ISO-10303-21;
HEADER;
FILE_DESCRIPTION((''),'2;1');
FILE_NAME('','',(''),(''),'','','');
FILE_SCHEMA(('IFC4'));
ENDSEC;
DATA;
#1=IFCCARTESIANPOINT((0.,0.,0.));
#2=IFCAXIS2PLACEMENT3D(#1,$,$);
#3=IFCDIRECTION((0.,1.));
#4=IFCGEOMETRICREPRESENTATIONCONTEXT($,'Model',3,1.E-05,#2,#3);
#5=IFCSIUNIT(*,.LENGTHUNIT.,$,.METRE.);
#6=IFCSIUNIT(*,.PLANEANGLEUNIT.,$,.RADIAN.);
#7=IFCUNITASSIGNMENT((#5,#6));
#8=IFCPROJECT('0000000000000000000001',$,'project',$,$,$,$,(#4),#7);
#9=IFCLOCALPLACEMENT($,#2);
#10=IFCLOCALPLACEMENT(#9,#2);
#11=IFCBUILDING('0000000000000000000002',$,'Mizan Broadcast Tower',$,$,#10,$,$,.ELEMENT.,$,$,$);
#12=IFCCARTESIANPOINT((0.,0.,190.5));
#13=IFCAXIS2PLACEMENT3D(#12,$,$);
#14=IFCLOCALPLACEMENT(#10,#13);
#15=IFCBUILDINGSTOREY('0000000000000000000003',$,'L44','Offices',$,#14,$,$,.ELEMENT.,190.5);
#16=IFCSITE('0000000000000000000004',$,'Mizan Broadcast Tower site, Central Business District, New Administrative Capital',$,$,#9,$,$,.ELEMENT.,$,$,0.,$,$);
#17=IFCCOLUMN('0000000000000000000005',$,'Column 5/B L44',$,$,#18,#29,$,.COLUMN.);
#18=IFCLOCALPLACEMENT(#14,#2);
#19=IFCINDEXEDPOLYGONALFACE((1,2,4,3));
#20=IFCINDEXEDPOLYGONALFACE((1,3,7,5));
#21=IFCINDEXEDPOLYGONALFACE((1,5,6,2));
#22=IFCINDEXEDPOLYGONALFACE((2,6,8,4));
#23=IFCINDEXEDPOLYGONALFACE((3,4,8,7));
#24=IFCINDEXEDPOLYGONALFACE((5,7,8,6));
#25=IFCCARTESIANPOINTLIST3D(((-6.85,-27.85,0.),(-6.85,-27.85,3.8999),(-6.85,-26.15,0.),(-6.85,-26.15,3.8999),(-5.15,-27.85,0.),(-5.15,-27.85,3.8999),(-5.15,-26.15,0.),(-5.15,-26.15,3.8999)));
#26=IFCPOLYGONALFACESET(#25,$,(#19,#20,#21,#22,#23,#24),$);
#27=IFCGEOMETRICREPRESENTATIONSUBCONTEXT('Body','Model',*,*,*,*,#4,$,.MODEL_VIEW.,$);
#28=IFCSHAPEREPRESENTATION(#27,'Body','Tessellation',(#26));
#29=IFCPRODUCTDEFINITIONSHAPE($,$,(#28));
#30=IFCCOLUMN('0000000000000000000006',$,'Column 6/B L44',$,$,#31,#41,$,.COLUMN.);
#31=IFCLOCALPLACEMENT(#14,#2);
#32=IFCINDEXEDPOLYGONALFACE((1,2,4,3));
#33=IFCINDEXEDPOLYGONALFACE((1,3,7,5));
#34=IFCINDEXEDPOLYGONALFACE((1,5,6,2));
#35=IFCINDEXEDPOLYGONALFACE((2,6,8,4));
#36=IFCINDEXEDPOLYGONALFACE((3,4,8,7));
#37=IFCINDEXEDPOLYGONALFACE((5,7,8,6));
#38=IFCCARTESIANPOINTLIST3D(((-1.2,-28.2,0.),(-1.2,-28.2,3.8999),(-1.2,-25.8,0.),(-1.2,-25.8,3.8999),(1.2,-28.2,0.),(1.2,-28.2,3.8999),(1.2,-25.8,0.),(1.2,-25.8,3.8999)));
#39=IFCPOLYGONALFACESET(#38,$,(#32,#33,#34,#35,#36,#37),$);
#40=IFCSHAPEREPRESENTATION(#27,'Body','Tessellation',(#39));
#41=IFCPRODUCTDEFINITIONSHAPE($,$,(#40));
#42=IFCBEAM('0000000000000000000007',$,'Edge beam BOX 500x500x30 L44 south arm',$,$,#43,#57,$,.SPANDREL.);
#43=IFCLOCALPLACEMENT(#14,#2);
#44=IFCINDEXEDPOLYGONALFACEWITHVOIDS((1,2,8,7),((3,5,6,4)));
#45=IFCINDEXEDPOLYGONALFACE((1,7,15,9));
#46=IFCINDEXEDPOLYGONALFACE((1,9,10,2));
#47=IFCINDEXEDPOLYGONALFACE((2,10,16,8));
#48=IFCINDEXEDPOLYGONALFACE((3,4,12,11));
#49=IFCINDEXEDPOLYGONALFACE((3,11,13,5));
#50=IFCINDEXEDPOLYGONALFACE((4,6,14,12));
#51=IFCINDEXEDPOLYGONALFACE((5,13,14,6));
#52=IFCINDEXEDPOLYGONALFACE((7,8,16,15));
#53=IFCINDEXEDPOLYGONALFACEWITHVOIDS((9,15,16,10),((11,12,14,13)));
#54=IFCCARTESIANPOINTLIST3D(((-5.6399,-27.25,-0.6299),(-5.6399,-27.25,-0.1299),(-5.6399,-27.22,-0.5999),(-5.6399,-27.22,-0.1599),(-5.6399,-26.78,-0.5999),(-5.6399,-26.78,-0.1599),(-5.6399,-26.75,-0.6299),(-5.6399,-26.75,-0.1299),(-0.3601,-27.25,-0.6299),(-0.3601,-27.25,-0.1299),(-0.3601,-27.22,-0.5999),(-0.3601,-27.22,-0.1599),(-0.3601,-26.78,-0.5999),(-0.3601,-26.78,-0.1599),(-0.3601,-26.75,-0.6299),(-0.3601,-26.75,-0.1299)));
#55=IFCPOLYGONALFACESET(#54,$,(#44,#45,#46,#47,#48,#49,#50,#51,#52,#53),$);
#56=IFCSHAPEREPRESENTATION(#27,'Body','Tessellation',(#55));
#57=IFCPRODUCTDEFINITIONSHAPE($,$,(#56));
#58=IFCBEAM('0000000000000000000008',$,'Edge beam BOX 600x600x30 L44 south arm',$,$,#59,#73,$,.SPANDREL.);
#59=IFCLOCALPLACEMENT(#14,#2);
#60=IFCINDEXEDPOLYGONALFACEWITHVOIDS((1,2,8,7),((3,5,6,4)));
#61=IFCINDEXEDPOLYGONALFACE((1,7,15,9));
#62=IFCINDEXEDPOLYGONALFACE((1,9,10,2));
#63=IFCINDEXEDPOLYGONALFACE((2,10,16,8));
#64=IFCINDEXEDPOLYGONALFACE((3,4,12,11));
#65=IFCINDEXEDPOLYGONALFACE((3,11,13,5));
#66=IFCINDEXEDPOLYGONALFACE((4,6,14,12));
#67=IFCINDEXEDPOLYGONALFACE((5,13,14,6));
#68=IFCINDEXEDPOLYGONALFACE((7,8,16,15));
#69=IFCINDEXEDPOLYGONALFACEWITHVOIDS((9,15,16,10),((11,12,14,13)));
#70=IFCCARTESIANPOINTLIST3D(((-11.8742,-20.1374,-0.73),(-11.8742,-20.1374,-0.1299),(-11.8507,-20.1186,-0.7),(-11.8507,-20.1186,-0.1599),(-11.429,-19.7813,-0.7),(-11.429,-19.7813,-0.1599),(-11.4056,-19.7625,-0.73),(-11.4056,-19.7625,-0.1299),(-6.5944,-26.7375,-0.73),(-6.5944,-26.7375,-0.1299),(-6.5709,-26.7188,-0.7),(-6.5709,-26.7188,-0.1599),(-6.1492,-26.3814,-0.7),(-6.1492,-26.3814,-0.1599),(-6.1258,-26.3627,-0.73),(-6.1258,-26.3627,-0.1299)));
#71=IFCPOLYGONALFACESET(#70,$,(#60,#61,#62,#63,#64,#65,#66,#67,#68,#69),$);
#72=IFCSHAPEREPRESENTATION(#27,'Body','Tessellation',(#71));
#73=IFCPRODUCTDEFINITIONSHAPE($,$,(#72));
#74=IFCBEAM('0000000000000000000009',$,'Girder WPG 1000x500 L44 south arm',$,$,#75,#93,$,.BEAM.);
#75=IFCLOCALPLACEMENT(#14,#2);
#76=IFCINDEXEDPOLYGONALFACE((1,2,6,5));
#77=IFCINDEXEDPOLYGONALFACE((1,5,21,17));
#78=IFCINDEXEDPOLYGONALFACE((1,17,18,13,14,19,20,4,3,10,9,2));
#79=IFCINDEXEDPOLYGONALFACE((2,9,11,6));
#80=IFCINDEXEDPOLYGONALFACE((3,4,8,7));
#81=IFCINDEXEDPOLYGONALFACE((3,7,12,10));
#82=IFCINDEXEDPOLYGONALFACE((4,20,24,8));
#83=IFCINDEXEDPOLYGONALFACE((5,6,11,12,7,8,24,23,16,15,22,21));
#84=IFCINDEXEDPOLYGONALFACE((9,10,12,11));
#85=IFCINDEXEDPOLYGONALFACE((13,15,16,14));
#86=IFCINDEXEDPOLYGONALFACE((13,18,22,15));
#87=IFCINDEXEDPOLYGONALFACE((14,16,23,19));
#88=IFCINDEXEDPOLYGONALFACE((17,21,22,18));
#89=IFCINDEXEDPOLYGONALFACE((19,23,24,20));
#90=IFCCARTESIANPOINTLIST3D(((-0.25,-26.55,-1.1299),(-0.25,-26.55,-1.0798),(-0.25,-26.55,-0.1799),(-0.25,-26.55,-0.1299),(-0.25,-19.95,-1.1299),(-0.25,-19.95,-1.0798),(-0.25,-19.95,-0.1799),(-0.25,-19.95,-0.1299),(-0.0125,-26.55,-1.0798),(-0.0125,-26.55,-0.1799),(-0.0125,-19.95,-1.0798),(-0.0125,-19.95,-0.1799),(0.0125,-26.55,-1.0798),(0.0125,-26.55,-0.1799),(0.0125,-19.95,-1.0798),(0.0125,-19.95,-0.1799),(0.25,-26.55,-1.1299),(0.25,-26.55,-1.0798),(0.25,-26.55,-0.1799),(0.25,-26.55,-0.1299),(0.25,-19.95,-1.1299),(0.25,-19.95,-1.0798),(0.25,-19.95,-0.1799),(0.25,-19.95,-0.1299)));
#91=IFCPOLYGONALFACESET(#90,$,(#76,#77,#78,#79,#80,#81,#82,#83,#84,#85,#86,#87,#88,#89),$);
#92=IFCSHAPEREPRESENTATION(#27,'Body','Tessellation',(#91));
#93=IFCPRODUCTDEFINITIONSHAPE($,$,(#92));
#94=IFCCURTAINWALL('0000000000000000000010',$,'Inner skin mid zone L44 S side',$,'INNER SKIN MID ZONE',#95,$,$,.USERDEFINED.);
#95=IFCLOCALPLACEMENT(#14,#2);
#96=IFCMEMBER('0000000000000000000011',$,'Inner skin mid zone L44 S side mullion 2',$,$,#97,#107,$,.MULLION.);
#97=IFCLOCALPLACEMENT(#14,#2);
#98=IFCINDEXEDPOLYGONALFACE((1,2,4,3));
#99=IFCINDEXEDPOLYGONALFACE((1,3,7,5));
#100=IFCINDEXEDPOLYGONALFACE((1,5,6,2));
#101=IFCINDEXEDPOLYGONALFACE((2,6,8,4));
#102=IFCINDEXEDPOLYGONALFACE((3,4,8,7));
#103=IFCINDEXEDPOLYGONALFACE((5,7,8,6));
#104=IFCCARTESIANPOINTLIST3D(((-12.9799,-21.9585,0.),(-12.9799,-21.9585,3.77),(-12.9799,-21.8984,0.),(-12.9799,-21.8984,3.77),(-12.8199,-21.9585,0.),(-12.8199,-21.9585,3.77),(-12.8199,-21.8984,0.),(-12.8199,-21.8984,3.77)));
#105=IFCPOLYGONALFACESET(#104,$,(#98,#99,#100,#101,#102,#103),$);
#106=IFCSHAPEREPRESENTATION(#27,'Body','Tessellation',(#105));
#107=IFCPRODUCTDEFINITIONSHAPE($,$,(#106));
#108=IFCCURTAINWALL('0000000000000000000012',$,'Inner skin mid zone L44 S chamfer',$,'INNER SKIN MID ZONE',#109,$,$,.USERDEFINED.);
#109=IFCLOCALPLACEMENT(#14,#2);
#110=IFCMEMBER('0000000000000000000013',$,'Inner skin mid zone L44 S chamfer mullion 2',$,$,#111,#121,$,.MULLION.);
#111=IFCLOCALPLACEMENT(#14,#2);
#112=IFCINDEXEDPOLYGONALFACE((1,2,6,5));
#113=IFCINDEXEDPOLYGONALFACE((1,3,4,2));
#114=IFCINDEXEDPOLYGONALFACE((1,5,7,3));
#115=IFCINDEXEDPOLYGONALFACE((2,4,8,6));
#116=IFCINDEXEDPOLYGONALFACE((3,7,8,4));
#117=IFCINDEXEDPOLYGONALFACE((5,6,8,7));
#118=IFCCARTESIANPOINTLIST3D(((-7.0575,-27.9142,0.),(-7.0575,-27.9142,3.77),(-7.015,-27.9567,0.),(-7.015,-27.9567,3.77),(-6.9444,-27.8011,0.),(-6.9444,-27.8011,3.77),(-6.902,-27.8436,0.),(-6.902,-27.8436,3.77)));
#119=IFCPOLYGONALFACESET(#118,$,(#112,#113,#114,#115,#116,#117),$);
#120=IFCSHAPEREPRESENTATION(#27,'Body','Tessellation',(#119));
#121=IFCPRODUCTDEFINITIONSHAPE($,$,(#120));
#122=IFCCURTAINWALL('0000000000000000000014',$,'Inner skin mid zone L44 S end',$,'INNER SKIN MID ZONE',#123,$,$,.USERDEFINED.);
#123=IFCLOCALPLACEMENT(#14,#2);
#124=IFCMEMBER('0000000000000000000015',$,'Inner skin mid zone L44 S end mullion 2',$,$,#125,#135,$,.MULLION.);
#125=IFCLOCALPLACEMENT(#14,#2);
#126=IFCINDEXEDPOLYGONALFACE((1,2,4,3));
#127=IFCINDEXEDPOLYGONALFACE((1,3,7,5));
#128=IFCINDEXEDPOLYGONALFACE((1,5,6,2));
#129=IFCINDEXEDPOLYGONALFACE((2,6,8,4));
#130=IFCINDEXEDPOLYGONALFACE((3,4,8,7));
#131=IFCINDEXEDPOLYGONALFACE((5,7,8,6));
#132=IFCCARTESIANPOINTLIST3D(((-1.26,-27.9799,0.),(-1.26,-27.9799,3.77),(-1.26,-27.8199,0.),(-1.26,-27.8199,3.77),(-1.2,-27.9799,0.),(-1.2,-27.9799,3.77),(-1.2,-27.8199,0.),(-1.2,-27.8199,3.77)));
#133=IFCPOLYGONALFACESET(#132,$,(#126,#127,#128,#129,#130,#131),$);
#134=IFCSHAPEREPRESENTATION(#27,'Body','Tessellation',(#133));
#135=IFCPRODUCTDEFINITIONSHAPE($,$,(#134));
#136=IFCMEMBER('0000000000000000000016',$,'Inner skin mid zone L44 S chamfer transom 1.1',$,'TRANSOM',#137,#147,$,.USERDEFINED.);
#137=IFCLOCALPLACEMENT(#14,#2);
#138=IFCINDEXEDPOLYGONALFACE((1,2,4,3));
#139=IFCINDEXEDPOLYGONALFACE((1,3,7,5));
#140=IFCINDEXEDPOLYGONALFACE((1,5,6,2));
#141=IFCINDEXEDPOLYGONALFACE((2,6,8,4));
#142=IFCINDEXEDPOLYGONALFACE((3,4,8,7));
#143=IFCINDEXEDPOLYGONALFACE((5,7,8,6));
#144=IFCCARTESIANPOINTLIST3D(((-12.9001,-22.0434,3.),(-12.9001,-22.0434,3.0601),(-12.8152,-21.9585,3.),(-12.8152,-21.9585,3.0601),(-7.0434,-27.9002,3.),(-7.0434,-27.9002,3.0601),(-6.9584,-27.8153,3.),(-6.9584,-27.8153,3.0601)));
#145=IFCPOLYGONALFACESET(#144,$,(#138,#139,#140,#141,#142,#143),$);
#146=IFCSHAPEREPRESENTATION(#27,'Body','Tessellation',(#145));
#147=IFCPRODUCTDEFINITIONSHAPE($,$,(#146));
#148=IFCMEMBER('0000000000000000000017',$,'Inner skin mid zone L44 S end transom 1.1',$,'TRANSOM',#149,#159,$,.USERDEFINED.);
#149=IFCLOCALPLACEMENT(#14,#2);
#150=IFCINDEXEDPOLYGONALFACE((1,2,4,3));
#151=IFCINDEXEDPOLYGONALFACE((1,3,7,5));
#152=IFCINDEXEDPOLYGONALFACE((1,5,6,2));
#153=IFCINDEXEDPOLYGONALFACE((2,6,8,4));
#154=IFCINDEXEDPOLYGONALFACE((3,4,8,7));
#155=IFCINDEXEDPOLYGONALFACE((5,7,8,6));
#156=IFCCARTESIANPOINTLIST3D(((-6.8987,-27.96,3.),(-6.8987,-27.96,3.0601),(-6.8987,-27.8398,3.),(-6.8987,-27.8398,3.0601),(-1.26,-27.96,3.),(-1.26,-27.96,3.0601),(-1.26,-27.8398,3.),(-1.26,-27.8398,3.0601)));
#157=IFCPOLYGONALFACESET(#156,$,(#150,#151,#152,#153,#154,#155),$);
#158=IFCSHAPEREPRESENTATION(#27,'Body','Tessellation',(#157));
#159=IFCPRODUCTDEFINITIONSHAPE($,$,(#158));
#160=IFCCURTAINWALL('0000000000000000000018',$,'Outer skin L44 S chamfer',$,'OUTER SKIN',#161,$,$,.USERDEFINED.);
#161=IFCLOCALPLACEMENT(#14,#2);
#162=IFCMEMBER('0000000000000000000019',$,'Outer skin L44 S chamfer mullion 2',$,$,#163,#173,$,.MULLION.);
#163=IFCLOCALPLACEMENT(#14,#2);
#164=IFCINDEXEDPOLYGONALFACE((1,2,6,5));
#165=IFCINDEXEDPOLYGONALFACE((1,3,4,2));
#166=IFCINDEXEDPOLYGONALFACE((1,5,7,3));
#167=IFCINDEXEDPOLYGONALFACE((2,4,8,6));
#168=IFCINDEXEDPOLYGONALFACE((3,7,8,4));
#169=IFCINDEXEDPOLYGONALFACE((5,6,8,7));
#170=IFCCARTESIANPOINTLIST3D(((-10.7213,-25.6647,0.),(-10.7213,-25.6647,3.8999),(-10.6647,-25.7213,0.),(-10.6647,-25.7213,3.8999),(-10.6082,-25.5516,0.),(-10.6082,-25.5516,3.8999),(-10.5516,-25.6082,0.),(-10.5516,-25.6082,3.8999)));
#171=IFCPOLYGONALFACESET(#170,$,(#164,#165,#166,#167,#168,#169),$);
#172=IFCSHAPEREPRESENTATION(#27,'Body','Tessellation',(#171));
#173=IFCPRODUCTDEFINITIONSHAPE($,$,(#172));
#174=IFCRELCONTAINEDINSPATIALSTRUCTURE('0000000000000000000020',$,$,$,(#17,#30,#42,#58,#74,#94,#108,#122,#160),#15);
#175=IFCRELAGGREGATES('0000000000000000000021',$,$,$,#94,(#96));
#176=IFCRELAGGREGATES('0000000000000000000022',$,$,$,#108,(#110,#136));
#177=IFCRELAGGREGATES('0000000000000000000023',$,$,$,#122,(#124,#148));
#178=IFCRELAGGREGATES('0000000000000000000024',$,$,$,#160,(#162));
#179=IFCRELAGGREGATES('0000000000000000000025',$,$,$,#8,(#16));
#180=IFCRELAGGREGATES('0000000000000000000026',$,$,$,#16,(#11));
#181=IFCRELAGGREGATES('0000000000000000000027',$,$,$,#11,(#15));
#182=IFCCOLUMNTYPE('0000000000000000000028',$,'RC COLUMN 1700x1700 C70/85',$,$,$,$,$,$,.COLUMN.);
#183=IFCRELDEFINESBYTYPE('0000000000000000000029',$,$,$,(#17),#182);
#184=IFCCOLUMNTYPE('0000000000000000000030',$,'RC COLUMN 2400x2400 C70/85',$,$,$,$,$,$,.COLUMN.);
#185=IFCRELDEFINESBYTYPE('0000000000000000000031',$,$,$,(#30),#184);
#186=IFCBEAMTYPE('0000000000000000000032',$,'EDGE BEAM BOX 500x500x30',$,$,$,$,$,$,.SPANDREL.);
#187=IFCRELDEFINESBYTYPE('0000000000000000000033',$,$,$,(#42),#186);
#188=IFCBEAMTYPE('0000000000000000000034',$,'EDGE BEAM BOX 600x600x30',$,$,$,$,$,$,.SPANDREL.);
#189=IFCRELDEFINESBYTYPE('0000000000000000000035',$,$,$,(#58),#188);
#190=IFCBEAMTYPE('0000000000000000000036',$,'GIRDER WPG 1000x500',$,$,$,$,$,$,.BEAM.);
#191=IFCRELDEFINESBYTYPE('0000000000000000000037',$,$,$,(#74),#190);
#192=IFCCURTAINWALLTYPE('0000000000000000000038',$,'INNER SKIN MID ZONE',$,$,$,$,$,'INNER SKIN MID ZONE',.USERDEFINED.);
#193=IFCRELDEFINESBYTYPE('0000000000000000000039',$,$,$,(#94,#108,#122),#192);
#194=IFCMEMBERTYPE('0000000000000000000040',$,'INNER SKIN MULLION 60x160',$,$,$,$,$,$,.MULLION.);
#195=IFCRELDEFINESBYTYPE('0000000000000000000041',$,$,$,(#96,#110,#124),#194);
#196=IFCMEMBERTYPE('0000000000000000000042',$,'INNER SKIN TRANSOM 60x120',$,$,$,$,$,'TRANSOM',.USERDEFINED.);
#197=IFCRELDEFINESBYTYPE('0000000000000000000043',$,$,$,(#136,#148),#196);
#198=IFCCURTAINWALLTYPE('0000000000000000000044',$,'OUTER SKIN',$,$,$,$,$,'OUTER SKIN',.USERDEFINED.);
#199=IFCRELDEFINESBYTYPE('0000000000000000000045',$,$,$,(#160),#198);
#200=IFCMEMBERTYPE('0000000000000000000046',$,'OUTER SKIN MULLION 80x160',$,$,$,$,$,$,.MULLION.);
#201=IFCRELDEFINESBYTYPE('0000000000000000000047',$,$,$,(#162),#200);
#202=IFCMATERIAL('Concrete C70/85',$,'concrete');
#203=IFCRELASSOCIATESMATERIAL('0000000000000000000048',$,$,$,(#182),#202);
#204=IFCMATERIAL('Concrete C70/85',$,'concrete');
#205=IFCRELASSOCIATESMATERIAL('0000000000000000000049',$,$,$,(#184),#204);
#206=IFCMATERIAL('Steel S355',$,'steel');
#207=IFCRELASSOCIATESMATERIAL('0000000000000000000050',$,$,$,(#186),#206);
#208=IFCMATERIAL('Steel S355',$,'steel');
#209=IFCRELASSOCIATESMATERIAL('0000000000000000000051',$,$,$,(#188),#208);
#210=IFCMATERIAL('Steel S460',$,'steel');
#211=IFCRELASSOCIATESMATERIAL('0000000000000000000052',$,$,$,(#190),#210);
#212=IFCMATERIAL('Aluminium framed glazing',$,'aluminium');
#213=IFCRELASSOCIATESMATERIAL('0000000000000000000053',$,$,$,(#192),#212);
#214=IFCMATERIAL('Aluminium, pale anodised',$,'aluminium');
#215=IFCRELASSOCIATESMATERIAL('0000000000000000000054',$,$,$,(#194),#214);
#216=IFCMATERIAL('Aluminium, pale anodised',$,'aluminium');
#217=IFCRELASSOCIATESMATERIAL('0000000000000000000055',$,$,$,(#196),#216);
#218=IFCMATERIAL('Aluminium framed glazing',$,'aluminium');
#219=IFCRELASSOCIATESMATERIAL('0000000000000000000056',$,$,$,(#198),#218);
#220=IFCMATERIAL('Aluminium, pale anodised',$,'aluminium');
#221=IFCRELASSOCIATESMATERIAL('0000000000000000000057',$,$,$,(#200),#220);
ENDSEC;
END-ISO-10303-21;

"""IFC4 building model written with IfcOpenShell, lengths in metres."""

from ifc_helpers import new_model, si_unit, direction, frame, origin, origin_2d, place, context, subcontext, project, spatial, rectangle, hollow_rectangle, i_section, extrude, material, material_profile, profile_set, type_object, element, aggregate, save


model = new_model("IFC4")

# Units and contexts
model_context = context("Model", 3, precision=1e-05, world=origin(), true_north=direction((0.0, 1.0)))
body_context = subcontext(model_context, "Body", "Model", "MODEL_VIEW")
ifc_project = project(units=[si_unit("LENGTHUNIT", "METRE"), si_unit("PLANEANGLEUNIT", "RADIAN")], contexts=[model_context])

# Site, building, storey
site_placement = place(None, origin())
site = spatial("IfcSite", under=ifc_project, at=site_placement, Name="Mizan Broadcast Tower site, Central Business District, New Administrative Capital", CompositionType="ELEMENT", RefElevation=0.0)
building_placement = place(site_placement, origin())
building = spatial("IfcBuilding", under=site, at=building_placement, Name="Mizan Broadcast Tower", CompositionType="ELEMENT")
storey_placement = place(building_placement, frame((0.0, 0.0, 190.5)))
storey = spatial("IfcBuildingStorey", under=building, at=storey_placement, Name="L44", Description="Offices", CompositionType="ELEMENT", Elevation=190.5)

# Columns
ifc_material_1 = material(Name="Concrete C70/85", Category="concrete")
ifc_material_profile_1 = material_profile(ifc_material_1, rectangle(XDim=1.7, YDim=1.7, at=origin_2d()), Name="RC 1700x1700")
ifc_profile_set_1 = profile_set([ifc_material_profile_1], Name="Concrete C70/85")
column_type_1 = type_object("IfcColumnType", Name="RC COLUMN 1700x1700 C70/85", PredefinedType="COLUMN", material=ifc_profile_set_1)
column_1_placement = place(storey_placement, frame((-6.0, -27.0, 0.0), z_axis=(0.0, 0.0, 1.0), x_axis=(1.0, 0.0, 0.0)))
element("IfcColumn", 1, at=column_1_placement, inside=storey, type_object=column_type_1, Name="Column 5/B L44", PredefinedType="COLUMN", context=body_context, shape_type="SweptSolid", body=[
    extrude(rectangle(XDim=1.7, YDim=1.7, at=origin_2d()), origin(), (0.0, 0.0, 1.0), 3.8999),
])
ifc_material_2 = material(Name="Concrete C70/85", Category="concrete")
ifc_material_profile_2 = material_profile(ifc_material_2, rectangle(XDim=2.3999, YDim=2.3999, at=origin_2d()), Name="RC 2400x2400")
ifc_profile_set_2 = profile_set([ifc_material_profile_2], Name="Concrete C70/85")
column_type_2 = type_object("IfcColumnType", Name="RC COLUMN 2400x2400 C70/85", PredefinedType="COLUMN", material=ifc_profile_set_2)
column_2_placement = place(storey_placement, frame((0.0, -27.0, 0.0), z_axis=(0.0, 0.0, 1.0), x_axis=(1.0, 0.0, 0.0)))
element("IfcColumn", 2, at=column_2_placement, inside=storey, type_object=column_type_2, Name="Column 6/B L44", PredefinedType="COLUMN", context=body_context, shape_type="SweptSolid", body=[
    extrude(rectangle(XDim=2.3999, YDim=2.3999, at=origin_2d()), origin(), (0.0, 0.0, 1.0), 3.8999),
])

# Beams
ifc_material_3 = material(Name="Steel S355", Category="steel")
ifc_material_profile_3 = material_profile(ifc_material_3, hollow_rectangle(XDim=0.5, YDim=0.5, WallThickness=0.03, at=origin_2d()), Name="BOX 500x500x30")
ifc_profile_set_3 = profile_set([ifc_material_profile_3], Name="Steel S355")
beam_type_1 = type_object("IfcBeamType", Name="EDGE BEAM BOX 500x500x30", PredefinedType="SPANDREL", material=ifc_profile_set_3)
beam_1_placement = place(storey_placement, frame((-5.6399, -27.0, -0.3799), z_axis=(1.0, 0.0, 0.0), x_axis=(0.0, 1.0, 0.0)))
element("IfcBeam", 3, at=beam_1_placement, inside=storey, type_object=beam_type_1, Name="Edge beam BOX 500x500x30 L44 south arm", PredefinedType="SPANDREL", context=body_context, shape_type="SweptSolid", body=[
    extrude(hollow_rectangle(XDim=0.5, YDim=0.5, WallThickness=0.03, at=origin_2d()), origin(), (0.0, 0.0, 1.0), 5.2798),
])
ifc_material_4 = material(Name="Steel S355", Category="steel")
ifc_material_profile_4 = material_profile(ifc_material_4, hollow_rectangle(XDim=0.6001, YDim=0.6001, WallThickness=0.03, at=origin_2d()), Name="BOX 600x600x30")
ifc_profile_set_4 = profile_set([ifc_material_profile_4], Name="Steel S355")
beam_type_2 = type_object("IfcBeamType", Name="EDGE BEAM BOX 600x600x30", PredefinedType="SPANDREL", material=ifc_profile_set_4)
beam_2_placement = place(storey_placement, frame((-11.6399, -19.95, -0.4299), z_axis=(0.624674, -0.780886, 0.0), x_axis=(0.780886, 0.624674, 0.0)))
element("IfcBeam", 4, at=beam_2_placement, inside=storey, type_object=beam_type_2, Name="Edge beam BOX 600x600x30 L44 south arm", PredefinedType="SPANDREL", context=body_context, shape_type="SweptSolid", body=[
    extrude(hollow_rectangle(XDim=0.6001, YDim=0.6001, WallThickness=0.03, at=origin_2d()), origin(), (0.0, 0.0, 1.0), 8.4521),
])
ifc_material_5 = material(Name="Steel S460", Category="steel")
ifc_material_profile_5 = material_profile(ifc_material_5, i_section(OverallWidth=0.5, OverallDepth=1.0, WebThickness=0.0249, FlangeThickness=0.05, at=origin_2d()), Name="WPG 1000x500")
ifc_profile_set_5 = profile_set([ifc_material_profile_5], Name="Steel S460")
beam_type_3 = type_object("IfcBeamType", Name="GIRDER WPG 1000x500", PredefinedType="BEAM", material=ifc_profile_set_5)
beam_3_placement = place(storey_placement, frame((0.0, -19.95, -0.6299), z_axis=(0.0, -1.0, 0.0), x_axis=(1.0, 0.0, 0.0)))
element("IfcBeam", 5, at=beam_3_placement, inside=storey, type_object=beam_type_3, Name="Girder WPG 1000x500 L44 south arm", PredefinedType="BEAM", context=body_context, shape_type="SweptSolid", body=[
    extrude(i_section(OverallWidth=0.5, OverallDepth=1.0, WebThickness=0.0249, FlangeThickness=0.05, at=origin_2d()), origin(), (0.0, 0.0, 1.0), 6.6001),
])

# Curtain walls, members
ifc_material_6 = material(Name="Aluminium framed glazing", Category="aluminium")
curtain_wall_type_1 = type_object("IfcCurtainWallType", Name="INNER SKIN MID ZONE", ElementType="INNER SKIN MID ZONE", PredefinedType="USERDEFINED", material=ifc_material_6)
curtain_wall_1_placement = place(storey_placement, origin())
curtain_wall_1 = element("IfcCurtainWall", 6, at=curtain_wall_1_placement, inside=storey, type_object=curtain_wall_type_1, Name="Inner skin mid zone L44 S side", ObjectType="INNER SKIN MID ZONE", PredefinedType="USERDEFINED")
ifc_material_7 = material(Name="Aluminium, pale anodised", Category="aluminium")
ifc_material_profile_6 = material_profile(ifc_material_7, rectangle(XDim=0.1599, YDim=0.0601, at=origin_2d()), Name="MULLION 160x60")
ifc_profile_set_6 = profile_set([ifc_material_profile_6], Name="Aluminium, pale anodised")
member_type_1 = type_object("IfcMemberType", Name="INNER SKIN MULLION 60x160", PredefinedType="MULLION", material=ifc_profile_set_6)
member_1_placement = place(storey_placement, frame((-12.8999, -21.9285, 0.0), z_axis=(0.0, 0.0, 1.0), x_axis=(1.0, 0.0, 0.0)))
member_1 = element("IfcMember", 7, at=member_1_placement, type_object=member_type_1, Name="Inner skin mid zone L44 S side mullion 2", PredefinedType="MULLION", context=body_context, shape_type="SweptSolid", body=[
    extrude(rectangle(XDim=0.1599, YDim=0.0601, at=origin_2d()), origin(), (0.0, 0.0, 1.0), 3.77),
])
curtain_wall_2_placement = place(storey_placement, origin())
curtain_wall_2 = element("IfcCurtainWall", 8, at=curtain_wall_2_placement, inside=storey, type_object=curtain_wall_type_1, Name="Inner skin mid zone L44 S chamfer", ObjectType="INNER SKIN MID ZONE", PredefinedType="USERDEFINED")
member_2_placement = place(storey_placement, frame((-6.9797, -27.8789, 0.0), z_axis=(0.0, 0.0, 1.0), x_axis=(0.707107, 0.707107, 0.0)))
member_2 = element("IfcMember", 9, at=member_2_placement, type_object=member_type_1, Name="Inner skin mid zone L44 S chamfer mullion 2", PredefinedType="MULLION", context=body_context, shape_type="SweptSolid", body=[
    extrude(rectangle(XDim=0.1599, YDim=0.0601, at=origin_2d()), origin(), (0.0, 0.0, 1.0), 3.77),
])
curtain_wall_3_placement = place(storey_placement, origin())
curtain_wall_3 = element("IfcCurtainWall", 10, at=curtain_wall_3_placement, inside=storey, type_object=curtain_wall_type_1, Name="Inner skin mid zone L44 S end", ObjectType="INNER SKIN MID ZONE", PredefinedType="USERDEFINED")
member_3_placement = place(storey_placement, frame((-1.23, -27.8999, 0.0), z_axis=(0.0, 0.0, 1.0), x_axis=(0.0, 1.0, 0.0)))
member_3 = element("IfcMember", 11, at=member_3_placement, type_object=member_type_1, Name="Inner skin mid zone L44 S end mullion 2", PredefinedType="MULLION", context=body_context, shape_type="SweptSolid", body=[
    extrude(rectangle(XDim=0.1599, YDim=0.0601, at=origin_2d()), origin(), (0.0, 0.0, 1.0), 3.77),
])

# Members
ifc_material_8 = material(Name="Aluminium, pale anodised", Category="aluminium")
ifc_material_profile_7 = material_profile(ifc_material_8, rectangle(XDim=0.1201, YDim=0.0601, at=origin_2d()), Name="TRANSOM 120x60")
ifc_profile_set_7 = profile_set([ifc_material_profile_7], Name="Aluminium, pale anodised")
member_type_2 = type_object("IfcMemberType", Name="INNER SKIN TRANSOM 60x120", ElementType="TRANSOM", PredefinedType="USERDEFINED", material=ifc_profile_set_7)
member_4_placement = place(storey_placement, frame((-12.8577, -22.001, 3.03), z_axis=(0.707107, -0.707107, 0.0), x_axis=(0.707107, 0.707107, 0.0)))
member_4 = element("IfcMember", 12, at=member_4_placement, type_object=member_type_2, Name="Inner skin mid zone L44 S chamfer transom 1.1", ObjectType="TRANSOM", PredefinedType="USERDEFINED", context=body_context, shape_type="SweptSolid", body=[
    extrude(rectangle(XDim=0.1201, YDim=0.0601, at=origin_2d()), origin(), (0.0, 0.0, 1.0), 8.2827),
])
member_5_placement = place(storey_placement, frame((-6.8987, -27.8999, 3.03), z_axis=(1.0, 0.0, 0.0), x_axis=(0.0, 1.0, 0.0)))
member_5 = element("IfcMember", 13, at=member_5_placement, type_object=member_type_2, Name="Inner skin mid zone L44 S end transom 1.1", ObjectType="TRANSOM", PredefinedType="USERDEFINED", context=body_context, shape_type="SweptSolid", body=[
    extrude(rectangle(XDim=0.1201, YDim=0.0601, at=origin_2d()), origin(), (0.0, 0.0, 1.0), 5.6387),
])

# Curtain wall, member
ifc_material_9 = material(Name="Aluminium framed glazing", Category="aluminium")
curtain_wall_type_2 = type_object("IfcCurtainWallType", Name="OUTER SKIN", ElementType="OUTER SKIN", PredefinedType="USERDEFINED", material=ifc_material_9)
curtain_wall_4_placement = place(storey_placement, origin())
curtain_wall_4 = element("IfcCurtainWall", 14, at=curtain_wall_4_placement, inside=storey, type_object=curtain_wall_type_2, Name="Outer skin L44 S chamfer", ObjectType="OUTER SKIN", PredefinedType="USERDEFINED")
ifc_material_10 = material(Name="Aluminium, pale anodised", Category="aluminium")
ifc_material_profile_8 = material_profile(ifc_material_10, rectangle(XDim=0.1599, YDim=0.0801, at=origin_2d()), Name="MULLION 160x80")
ifc_profile_set_8 = profile_set([ifc_material_profile_8], Name="Aluminium, pale anodised")
member_type_3 = type_object("IfcMemberType", Name="OUTER SKIN MULLION 80x160", PredefinedType="MULLION", material=ifc_profile_set_8)
member_6_placement = place(storey_placement, frame((-10.6365, -25.6365, 0.0), z_axis=(0.0, 0.0, 1.0), x_axis=(0.707107, 0.707107, 0.0)))
member_6 = element("IfcMember", 15, at=member_6_placement, type_object=member_type_3, Name="Outer skin L44 S chamfer mullion 2", PredefinedType="MULLION", context=body_context, shape_type="SweptSolid", body=[
    extrude(rectangle(XDim=0.1599, YDim=0.0801, at=origin_2d()), origin(), (0.0, 0.0, 1.0), 3.8999),
])

aggregate(curtain_wall_1, [member_1])
aggregate(curtain_wall_2, [member_2, member_4])
aggregate(curtain_wall_3, [member_3, member_5])

aggregate(curtain_wall_4, [member_6])

save(model, "model.ifc")
